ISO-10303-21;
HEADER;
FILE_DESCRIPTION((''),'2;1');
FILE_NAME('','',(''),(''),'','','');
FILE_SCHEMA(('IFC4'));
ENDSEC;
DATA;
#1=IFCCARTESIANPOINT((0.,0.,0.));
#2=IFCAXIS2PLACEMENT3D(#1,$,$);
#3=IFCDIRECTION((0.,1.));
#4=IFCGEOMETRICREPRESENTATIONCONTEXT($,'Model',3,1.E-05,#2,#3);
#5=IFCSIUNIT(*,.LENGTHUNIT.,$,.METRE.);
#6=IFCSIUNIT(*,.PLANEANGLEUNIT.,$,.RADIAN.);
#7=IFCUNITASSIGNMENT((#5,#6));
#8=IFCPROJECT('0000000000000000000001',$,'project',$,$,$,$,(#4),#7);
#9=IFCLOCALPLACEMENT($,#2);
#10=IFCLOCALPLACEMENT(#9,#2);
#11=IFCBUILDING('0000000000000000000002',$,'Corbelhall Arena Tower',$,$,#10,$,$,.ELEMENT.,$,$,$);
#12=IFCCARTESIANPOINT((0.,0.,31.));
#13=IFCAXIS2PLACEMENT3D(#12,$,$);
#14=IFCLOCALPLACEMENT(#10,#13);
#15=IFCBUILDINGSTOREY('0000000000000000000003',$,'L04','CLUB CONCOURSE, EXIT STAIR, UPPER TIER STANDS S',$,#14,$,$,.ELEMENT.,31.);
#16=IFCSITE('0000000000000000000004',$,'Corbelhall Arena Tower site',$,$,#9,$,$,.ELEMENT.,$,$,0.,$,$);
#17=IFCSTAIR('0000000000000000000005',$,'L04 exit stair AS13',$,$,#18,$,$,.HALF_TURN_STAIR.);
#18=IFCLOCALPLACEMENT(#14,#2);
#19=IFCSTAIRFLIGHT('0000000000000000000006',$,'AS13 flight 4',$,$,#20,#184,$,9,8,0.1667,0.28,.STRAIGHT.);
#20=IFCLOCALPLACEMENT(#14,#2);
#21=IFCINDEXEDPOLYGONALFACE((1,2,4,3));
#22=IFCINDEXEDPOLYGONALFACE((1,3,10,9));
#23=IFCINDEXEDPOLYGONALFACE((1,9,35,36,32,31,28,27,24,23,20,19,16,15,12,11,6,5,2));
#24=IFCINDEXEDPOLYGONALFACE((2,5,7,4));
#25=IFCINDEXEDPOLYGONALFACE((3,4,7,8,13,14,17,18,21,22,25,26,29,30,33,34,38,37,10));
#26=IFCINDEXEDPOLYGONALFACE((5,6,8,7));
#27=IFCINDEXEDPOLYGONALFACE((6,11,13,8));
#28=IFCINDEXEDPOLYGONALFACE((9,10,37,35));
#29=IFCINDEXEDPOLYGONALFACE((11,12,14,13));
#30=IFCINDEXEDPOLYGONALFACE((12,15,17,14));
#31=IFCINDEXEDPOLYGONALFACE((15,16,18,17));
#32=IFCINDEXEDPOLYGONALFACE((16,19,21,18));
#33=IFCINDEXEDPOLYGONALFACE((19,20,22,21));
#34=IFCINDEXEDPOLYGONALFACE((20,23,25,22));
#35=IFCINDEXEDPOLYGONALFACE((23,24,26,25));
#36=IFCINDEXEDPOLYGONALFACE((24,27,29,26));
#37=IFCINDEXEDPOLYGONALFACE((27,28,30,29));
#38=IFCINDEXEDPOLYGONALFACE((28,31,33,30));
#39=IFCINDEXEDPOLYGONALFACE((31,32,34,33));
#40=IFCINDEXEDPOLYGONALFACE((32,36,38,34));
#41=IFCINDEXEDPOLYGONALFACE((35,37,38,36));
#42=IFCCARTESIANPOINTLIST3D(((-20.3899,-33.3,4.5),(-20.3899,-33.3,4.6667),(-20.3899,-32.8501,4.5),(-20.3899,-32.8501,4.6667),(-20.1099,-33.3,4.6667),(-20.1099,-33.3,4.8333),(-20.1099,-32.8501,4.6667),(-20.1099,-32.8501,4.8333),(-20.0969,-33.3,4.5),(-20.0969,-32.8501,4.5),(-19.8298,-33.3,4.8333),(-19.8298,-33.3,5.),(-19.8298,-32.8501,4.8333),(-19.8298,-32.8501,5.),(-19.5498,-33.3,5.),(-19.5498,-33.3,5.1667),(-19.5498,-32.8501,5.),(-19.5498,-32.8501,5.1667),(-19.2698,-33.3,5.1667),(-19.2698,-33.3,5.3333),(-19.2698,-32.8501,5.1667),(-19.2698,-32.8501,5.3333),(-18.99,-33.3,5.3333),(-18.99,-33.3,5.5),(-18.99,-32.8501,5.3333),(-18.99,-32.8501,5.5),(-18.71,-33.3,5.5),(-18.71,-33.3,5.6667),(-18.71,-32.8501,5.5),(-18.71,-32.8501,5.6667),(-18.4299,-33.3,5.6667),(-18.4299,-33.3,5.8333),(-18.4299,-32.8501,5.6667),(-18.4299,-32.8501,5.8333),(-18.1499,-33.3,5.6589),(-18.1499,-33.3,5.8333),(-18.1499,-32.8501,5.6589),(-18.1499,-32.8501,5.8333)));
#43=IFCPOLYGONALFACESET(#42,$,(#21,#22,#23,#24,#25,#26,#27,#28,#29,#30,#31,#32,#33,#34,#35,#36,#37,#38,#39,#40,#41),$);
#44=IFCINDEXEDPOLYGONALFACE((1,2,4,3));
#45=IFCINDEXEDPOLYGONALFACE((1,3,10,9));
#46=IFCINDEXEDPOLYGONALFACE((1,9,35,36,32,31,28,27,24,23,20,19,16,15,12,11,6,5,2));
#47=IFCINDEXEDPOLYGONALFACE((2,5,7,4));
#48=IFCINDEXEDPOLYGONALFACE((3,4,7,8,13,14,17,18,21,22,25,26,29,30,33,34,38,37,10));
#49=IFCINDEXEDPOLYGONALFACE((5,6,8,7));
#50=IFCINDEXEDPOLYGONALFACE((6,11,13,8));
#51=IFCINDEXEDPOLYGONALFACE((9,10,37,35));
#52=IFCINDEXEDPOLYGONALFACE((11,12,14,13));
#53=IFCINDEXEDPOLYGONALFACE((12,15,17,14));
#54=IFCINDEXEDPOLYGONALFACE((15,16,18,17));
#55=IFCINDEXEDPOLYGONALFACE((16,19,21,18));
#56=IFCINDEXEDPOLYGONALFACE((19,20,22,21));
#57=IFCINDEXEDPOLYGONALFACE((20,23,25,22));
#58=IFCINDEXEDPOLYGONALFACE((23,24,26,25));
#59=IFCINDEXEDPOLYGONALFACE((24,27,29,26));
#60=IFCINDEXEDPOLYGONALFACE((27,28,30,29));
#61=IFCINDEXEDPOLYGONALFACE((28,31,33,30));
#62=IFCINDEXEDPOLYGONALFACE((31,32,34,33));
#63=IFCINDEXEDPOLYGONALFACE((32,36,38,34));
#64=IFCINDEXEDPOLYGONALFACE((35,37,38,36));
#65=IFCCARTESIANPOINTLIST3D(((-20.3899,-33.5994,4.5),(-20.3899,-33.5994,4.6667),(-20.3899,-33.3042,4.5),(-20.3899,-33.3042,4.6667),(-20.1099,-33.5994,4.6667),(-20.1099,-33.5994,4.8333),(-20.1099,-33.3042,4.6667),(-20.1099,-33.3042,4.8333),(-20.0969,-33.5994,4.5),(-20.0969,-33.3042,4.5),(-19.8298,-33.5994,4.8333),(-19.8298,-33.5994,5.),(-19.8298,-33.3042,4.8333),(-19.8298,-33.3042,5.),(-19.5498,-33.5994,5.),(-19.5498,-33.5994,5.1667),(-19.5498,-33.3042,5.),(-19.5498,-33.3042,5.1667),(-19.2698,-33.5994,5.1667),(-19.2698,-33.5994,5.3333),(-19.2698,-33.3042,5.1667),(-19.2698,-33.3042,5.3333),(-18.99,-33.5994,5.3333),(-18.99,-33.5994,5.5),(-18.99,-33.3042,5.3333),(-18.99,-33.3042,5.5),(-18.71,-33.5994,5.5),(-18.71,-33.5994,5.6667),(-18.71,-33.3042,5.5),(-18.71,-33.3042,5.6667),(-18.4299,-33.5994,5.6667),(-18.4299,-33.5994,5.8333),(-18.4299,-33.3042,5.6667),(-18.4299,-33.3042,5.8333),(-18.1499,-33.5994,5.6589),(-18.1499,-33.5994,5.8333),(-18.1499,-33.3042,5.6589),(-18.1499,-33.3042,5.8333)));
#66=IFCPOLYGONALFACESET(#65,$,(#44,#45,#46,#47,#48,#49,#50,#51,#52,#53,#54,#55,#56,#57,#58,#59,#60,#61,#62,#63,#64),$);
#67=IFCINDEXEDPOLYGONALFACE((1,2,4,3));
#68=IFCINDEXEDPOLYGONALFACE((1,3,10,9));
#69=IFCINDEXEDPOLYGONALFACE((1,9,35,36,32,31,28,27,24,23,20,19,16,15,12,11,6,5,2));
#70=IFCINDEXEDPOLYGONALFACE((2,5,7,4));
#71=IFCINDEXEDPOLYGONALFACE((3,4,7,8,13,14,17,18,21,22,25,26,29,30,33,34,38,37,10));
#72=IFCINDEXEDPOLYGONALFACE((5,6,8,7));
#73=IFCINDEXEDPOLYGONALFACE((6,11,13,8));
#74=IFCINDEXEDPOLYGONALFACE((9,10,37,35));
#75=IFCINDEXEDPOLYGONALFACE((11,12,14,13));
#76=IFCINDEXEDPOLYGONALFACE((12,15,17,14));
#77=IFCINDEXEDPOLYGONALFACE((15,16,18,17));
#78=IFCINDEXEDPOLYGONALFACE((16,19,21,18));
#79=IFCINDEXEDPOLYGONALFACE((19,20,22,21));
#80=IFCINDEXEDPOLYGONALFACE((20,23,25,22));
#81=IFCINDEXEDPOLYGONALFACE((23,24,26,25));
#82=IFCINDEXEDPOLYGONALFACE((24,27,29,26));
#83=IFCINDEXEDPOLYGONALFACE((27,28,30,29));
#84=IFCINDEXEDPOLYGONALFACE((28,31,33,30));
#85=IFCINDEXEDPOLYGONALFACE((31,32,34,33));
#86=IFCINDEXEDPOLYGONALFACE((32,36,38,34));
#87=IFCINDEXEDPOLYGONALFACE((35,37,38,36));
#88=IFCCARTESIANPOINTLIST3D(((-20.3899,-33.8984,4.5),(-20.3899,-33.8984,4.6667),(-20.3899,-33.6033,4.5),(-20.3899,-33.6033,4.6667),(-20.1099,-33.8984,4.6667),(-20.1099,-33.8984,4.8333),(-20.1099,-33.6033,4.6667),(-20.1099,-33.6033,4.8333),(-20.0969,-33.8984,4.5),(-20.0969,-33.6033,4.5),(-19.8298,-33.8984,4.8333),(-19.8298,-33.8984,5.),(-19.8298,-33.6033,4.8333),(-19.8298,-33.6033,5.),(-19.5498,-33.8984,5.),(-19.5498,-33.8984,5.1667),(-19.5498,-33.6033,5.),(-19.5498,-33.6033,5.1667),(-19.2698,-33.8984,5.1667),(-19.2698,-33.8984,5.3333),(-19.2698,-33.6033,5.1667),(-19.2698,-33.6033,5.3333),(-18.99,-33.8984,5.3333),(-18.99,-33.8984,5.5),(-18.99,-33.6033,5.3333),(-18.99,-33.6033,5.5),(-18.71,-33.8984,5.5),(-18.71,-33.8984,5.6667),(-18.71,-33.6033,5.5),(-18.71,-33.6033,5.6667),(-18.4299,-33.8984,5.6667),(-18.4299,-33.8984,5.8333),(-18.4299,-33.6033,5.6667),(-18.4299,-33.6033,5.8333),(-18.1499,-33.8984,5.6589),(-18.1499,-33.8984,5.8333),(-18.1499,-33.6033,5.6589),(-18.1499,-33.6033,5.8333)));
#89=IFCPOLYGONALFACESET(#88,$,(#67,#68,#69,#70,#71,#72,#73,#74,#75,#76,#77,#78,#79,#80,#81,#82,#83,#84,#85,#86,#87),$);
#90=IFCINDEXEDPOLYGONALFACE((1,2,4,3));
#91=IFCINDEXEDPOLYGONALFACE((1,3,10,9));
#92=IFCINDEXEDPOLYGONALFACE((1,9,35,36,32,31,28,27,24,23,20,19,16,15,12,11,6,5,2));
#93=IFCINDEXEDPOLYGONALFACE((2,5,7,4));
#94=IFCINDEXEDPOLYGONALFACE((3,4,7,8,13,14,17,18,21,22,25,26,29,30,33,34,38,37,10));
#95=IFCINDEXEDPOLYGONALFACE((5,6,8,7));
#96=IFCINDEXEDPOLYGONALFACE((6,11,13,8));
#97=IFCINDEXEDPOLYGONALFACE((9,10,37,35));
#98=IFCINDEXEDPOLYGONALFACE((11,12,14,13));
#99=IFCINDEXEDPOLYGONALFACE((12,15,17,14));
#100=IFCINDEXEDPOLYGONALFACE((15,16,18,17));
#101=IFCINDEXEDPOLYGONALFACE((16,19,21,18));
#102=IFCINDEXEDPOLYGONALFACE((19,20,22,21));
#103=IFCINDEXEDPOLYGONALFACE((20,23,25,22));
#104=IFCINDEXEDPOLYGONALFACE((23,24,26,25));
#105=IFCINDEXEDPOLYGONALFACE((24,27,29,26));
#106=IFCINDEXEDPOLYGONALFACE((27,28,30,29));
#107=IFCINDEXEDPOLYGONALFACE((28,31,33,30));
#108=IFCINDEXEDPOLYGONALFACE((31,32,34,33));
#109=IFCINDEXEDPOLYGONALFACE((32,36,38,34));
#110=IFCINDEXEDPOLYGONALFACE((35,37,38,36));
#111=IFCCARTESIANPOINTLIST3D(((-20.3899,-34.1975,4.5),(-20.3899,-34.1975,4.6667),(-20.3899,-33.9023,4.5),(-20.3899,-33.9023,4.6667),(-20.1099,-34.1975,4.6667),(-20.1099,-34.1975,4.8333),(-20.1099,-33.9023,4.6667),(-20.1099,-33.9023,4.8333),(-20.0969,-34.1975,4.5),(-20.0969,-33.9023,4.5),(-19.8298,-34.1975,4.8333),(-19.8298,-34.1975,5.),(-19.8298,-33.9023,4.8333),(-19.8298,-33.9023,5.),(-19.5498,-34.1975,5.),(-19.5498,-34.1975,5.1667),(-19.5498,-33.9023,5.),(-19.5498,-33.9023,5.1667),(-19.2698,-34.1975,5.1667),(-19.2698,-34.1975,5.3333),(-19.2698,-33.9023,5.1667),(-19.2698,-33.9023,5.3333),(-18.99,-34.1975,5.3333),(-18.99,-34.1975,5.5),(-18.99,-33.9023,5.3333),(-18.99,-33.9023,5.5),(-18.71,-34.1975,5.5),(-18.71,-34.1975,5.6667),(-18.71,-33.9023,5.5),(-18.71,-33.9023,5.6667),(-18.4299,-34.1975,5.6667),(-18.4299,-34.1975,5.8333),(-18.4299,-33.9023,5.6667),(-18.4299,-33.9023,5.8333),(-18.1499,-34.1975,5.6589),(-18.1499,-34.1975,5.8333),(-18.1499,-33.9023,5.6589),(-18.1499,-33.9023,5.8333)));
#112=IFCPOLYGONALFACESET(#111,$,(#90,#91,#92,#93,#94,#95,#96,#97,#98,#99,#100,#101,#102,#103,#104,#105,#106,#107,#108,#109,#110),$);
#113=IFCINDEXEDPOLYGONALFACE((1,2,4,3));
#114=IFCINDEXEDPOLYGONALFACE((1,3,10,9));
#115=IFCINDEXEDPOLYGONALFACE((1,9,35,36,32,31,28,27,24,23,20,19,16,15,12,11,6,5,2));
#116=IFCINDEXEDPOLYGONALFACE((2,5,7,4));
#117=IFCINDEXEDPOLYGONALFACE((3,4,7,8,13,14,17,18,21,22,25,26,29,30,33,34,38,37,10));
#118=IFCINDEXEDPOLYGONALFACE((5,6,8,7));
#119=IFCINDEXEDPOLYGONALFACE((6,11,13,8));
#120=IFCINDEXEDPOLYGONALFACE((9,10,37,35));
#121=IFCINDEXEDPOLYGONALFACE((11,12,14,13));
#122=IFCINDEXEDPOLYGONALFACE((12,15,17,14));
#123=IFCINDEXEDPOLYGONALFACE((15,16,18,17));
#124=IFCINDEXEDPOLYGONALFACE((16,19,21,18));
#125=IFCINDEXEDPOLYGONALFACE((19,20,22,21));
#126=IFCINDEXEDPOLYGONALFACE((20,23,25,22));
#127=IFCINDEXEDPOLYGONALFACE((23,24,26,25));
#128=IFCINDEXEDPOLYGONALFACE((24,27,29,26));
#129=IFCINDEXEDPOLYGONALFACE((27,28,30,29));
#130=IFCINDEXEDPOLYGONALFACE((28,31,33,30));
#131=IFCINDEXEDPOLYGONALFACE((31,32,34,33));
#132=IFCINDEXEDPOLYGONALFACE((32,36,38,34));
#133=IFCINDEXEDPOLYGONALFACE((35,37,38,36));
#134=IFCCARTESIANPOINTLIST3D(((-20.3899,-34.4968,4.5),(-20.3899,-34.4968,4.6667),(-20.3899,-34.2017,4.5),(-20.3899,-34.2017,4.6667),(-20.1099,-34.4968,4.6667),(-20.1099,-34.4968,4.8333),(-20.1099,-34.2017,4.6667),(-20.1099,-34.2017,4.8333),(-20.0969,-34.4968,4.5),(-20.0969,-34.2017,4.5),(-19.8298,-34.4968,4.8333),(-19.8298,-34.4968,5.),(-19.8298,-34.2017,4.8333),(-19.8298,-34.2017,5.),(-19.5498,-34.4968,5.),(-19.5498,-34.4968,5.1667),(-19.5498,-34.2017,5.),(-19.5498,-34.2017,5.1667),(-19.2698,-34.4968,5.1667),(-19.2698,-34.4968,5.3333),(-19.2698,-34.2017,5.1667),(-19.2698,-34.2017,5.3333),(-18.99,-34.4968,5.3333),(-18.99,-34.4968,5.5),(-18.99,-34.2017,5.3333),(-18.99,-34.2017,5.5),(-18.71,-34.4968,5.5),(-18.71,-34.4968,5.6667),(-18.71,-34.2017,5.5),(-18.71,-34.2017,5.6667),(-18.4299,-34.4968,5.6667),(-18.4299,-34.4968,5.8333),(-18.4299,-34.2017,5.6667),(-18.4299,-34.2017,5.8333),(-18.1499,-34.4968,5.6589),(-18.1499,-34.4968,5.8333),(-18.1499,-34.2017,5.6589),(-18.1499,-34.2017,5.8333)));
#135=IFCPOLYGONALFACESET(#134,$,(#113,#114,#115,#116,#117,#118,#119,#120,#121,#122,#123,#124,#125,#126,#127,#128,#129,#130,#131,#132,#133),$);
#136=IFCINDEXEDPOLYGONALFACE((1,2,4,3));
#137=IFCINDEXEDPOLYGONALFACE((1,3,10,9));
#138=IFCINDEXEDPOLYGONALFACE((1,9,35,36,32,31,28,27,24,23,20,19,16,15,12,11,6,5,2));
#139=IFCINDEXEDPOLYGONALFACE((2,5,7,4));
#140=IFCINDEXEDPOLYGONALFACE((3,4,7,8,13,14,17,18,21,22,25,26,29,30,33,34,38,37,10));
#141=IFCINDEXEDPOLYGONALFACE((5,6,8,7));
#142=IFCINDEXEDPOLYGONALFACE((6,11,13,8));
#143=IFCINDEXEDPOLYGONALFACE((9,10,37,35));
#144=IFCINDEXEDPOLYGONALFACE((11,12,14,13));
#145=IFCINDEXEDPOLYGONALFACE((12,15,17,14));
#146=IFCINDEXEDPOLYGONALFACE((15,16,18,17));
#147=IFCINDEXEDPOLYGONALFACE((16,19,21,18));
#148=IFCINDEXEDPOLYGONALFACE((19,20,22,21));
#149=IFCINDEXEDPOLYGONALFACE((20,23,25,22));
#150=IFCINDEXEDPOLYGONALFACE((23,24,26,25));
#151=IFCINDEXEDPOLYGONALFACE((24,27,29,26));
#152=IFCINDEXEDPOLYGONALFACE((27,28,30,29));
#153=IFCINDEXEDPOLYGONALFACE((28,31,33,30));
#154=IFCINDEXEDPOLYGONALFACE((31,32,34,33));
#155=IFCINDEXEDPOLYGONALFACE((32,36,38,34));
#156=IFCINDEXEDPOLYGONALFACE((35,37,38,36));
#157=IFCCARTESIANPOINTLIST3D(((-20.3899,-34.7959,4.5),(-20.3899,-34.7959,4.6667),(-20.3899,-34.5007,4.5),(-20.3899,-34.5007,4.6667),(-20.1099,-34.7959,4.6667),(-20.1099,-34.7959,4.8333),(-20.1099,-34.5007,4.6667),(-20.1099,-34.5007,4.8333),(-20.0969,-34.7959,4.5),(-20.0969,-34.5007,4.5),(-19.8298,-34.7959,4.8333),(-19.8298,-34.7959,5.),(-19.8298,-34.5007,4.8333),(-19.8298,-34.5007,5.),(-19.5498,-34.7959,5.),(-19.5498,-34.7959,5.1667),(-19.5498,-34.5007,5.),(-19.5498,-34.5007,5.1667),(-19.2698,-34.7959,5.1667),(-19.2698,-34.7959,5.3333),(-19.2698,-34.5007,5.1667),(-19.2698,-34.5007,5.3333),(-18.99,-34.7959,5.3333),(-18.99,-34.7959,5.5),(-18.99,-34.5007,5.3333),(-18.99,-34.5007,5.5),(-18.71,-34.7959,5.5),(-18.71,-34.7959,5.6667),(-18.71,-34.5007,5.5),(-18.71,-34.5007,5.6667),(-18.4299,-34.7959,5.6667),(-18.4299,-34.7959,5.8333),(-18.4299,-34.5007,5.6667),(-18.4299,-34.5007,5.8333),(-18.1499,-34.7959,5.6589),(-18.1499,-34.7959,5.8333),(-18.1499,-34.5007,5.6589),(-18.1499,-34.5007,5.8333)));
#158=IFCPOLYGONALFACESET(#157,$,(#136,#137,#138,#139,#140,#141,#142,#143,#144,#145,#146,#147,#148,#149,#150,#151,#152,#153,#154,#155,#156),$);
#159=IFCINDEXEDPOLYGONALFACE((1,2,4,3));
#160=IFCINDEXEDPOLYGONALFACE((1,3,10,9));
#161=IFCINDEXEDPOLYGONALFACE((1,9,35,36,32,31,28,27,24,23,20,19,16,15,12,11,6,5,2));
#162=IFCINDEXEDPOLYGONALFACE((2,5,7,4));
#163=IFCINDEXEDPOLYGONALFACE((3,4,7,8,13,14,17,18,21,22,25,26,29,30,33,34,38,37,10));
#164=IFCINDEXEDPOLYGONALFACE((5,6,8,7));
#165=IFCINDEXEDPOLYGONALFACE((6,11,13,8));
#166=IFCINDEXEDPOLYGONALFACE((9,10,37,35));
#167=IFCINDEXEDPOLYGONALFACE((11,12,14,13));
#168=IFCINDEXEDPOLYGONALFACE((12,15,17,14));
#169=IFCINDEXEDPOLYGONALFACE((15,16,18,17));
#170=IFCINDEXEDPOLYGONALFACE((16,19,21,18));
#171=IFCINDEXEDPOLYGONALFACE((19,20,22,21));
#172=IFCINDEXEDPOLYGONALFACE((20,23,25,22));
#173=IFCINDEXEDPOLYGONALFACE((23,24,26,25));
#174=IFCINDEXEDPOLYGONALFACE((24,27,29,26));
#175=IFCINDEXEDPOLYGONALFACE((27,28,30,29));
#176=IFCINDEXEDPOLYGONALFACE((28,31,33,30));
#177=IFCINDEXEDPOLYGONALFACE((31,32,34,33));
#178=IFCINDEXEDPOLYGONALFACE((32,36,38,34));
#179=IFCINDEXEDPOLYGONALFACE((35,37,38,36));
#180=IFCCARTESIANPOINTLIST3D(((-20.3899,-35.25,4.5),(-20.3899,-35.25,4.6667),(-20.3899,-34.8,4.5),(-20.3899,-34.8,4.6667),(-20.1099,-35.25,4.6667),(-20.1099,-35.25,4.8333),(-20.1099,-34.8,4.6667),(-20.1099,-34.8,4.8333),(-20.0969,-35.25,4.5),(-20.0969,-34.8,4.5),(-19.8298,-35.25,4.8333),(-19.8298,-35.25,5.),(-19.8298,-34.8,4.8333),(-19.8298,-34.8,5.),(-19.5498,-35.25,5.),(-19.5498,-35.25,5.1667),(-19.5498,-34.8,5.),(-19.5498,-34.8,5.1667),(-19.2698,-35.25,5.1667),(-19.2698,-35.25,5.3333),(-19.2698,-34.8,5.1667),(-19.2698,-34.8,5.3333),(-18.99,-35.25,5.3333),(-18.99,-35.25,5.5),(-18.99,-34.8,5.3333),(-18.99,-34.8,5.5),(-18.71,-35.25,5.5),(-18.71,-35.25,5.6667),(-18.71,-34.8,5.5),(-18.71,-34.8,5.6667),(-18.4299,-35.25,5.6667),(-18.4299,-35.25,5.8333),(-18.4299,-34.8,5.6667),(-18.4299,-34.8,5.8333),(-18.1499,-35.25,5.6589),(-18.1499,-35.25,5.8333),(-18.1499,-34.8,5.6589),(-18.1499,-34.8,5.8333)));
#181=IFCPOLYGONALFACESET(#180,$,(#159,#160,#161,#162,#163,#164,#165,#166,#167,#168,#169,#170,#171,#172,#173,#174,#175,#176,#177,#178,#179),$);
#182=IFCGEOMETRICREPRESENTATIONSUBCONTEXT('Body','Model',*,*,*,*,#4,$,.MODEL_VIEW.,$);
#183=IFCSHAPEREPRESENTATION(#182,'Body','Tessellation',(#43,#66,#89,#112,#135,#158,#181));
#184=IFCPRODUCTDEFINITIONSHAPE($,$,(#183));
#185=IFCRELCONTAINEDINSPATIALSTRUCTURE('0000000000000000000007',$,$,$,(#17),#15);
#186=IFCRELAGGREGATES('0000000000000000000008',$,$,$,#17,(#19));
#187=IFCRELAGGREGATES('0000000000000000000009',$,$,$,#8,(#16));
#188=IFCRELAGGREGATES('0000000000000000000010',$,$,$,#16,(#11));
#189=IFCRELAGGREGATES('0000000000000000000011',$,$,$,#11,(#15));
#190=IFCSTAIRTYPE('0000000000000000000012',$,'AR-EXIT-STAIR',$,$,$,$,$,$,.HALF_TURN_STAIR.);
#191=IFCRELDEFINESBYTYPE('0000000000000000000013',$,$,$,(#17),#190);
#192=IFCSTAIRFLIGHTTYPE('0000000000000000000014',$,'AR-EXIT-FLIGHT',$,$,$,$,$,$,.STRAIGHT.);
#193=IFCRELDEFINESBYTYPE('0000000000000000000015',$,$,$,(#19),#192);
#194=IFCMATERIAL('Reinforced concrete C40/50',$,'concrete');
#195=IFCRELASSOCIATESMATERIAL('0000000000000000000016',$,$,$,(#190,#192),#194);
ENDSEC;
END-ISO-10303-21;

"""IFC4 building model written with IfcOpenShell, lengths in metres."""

from ifc_helpers import new_model, si_unit, direction, frame, origin, place, context, subcontext, project, spatial, polyline, outline, extrude, material, type_object, element, aggregate, save


model = new_model("IFC4")

# Units and contexts
model_context = context("Model", 3, precision=1e-05, world=origin(), true_north=direction((0.0, 1.0)))
body_context = subcontext(model_context, "Body", "Model", "MODEL_VIEW")
ifc_project = project(units=[si_unit("LENGTHUNIT", "METRE"), si_unit("PLANEANGLEUNIT", "RADIAN")], contexts=[model_context])

# Site, building, storey
site_placement = place(None, origin())
site = spatial("IfcSite", under=ifc_project, at=site_placement, Name="Corbelhall Arena Tower site", CompositionType="ELEMENT", RefElevation=0.0)
building_placement = place(site_placement, origin())
building = spatial("IfcBuilding", under=site, at=building_placement, Name="Corbelhall Arena Tower", CompositionType="ELEMENT")
storey_placement = place(building_placement, frame((0.0, 0.0, 31.0)))
storey = spatial("IfcBuildingStorey", under=building, at=storey_placement, Name="L04", Description="CLUB CONCOURSE, EXIT STAIR, UPPER TIER STANDS S", CompositionType="ELEMENT", Elevation=31.0)

# Shared definitions
ifc_material_1 = material(Name="Reinforced concrete C40/50", Category="concrete")

# Stair, stair flight
stair_type = type_object("IfcStairType", Name="AR-EXIT-STAIR", PredefinedType="HALF_TURN_STAIR", material=ifc_material_1)
stair_1_placement = place(storey_placement, origin())
stair_1 = element("IfcStair", 1, at=stair_1_placement, inside=storey, type_object=stair_type, Name="L04 exit stair AS13", PredefinedType="HALF_TURN_STAIR")
stair_flight_type = type_object("IfcStairFlightType", Name="AR-EXIT-FLIGHT", PredefinedType="STRAIGHT", material=ifc_material_1)
stair_flight_1_placement = place(storey_placement, frame((-20.3899, -34.05, 4.5), z_axis=(0.0, 0.0, 1.0), x_axis=(1.0, 0.0, 0.0)))
stair_flight_1 = element("IfcStairFlight", 2, at=stair_flight_1_placement, type_object=stair_flight_type, Name="AS13 flight 4", NumberOfRisers=9, NumberOfTreads=8, PredefinedType="STRAIGHT", RiserHeight=0.1667, TreadLength=0.28, context=body_context, shape_type="SweptSolid", body=[
    extrude(outline(polyline([(0.0, 0.0), (0.0, 0.1667), (0.28, 0.1667), (0.28, 0.3333), (0.5601, 0.3333), (0.5601, 0.5), (0.8401, 0.5), (0.8401, 0.6667), (1.1201, 0.6667), (1.1201, 0.8333), (1.3999, 0.8333), (1.3999, 1.0), (1.6799, 1.0), (1.6799, 1.1667), (1.96, 1.1667), (1.96, 1.3333), (2.24, 1.3333), (2.24, 1.5), (2.24, 1.1589), (0.293, 0.0), (0.0, 0.0)])), frame((0.0, 1.2, 0.0), z_axis=(0.0, -1.0, 0.0), x_axis=(1.0, 0.0, 0.0)), (0.0, 0.0, 1.0), 0.45),
    extrude(outline(polyline([(0.0, 0.0), (0.0, 0.1667), (0.28, 0.1667), (0.28, 0.3333), (0.5601, 0.3333), (0.5601, 0.5), (0.8401, 0.5), (0.8401, 0.6667), (1.1201, 0.6667), (1.1201, 0.8333), (1.3999, 0.8333), (1.3999, 1.0), (1.6799, 1.0), (1.6799, 1.1667), (1.96, 1.1667), (1.96, 1.3333), (2.24, 1.3333), (2.24, 1.5), (2.24, 1.1589), (0.293, 0.0), (0.0, 0.0)])), frame((0.0, 0.7458, 0.0), z_axis=(0.0, -1.0, 0.0), x_axis=(1.0, 0.0, 0.0)), (0.0, 0.0, 1.0), 0.2952),
    extrude(outline(polyline([(0.0, 0.0), (0.0, 0.1667), (0.28, 0.1667), (0.28, 0.3333), (0.5601, 0.3333), (0.5601, 0.5), (0.8401, 0.5), (0.8401, 0.6667), (1.1201, 0.6667), (1.1201, 0.8333), (1.3999, 0.8333), (1.3999, 1.0), (1.6799, 1.0), (1.6799, 1.1667), (1.96, 1.1667), (1.96, 1.3333), (2.24, 1.3333), (2.24, 1.5), (2.24, 1.1589), (0.293, 0.0), (0.0, 0.0)])), frame((0.0, 0.4468, 0.0), z_axis=(0.0, -1.0, 0.0), x_axis=(1.0, 0.0, 0.0)), (0.0, 0.0, 1.0), 0.2952),
    extrude(outline(polyline([(0.0, 0.0), (0.0, 0.1667), (0.28, 0.1667), (0.28, 0.3333), (0.5601, 0.3333), (0.5601, 0.5), (0.8401, 0.5), (0.8401, 0.6667), (1.1201, 0.6667), (1.1201, 0.8333), (1.3999, 0.8333), (1.3999, 1.0), (1.6799, 1.0), (1.6799, 1.1667), (1.96, 1.1667), (1.96, 1.3333), (2.24, 1.3333), (2.24, 1.5), (2.24, 1.1589), (0.293, 0.0), (0.0, 0.0)])), frame((0.0, 0.1477, 0.0), z_axis=(0.0, -1.0, 0.0), x_axis=(1.0, 0.0, 0.0)), (0.0, 0.0, 1.0), 0.2952),
    extrude(outline(polyline([(0.0, 0.0), (0.0, 0.1667), (0.28, 0.1667), (0.28, 0.3333), (0.5601, 0.3333), (0.5601, 0.5), (0.8401, 0.5), (0.8401, 0.6667), (1.1201, 0.6667), (1.1201, 0.8333), (1.3999, 0.8333), (1.3999, 1.0), (1.6799, 1.0), (1.6799, 1.1667), (1.96, 1.1667), (1.96, 1.3333), (2.24, 1.3333), (2.24, 1.5), (2.24, 1.1589), (0.293, 0.0), (0.0, 0.0)])), frame((0.0, -0.1516, 0.0), z_axis=(0.0, -1.0, 0.0), x_axis=(1.0, 0.0, 0.0)), (0.0, 0.0, 1.0), 0.2952),
    extrude(outline(polyline([(0.0, 0.0), (0.0, 0.1667), (0.28, 0.1667), (0.28, 0.3333), (0.5601, 0.3333), (0.5601, 0.5), (0.8401, 0.5), (0.8401, 0.6667), (1.1201, 0.6667), (1.1201, 0.8333), (1.3999, 0.8333), (1.3999, 1.0), (1.6799, 1.0), (1.6799, 1.1667), (1.96, 1.1667), (1.96, 1.3333), (2.24, 1.3333), (2.24, 1.5), (2.24, 1.1589), (0.293, 0.0), (0.0, 0.0)])), frame((0.0, -0.4507, 0.0), z_axis=(0.0, -1.0, 0.0), x_axis=(1.0, 0.0, 0.0)), (0.0, 0.0, 1.0), 0.2952),
    extrude(outline(polyline([(0.0, 0.0), (0.0, 0.1667), (0.28, 0.1667), (0.28, 0.3333), (0.5601, 0.3333), (0.5601, 0.5), (0.8401, 0.5), (0.8401, 0.6667), (1.1201, 0.6667), (1.1201, 0.8333), (1.3999, 0.8333), (1.3999, 1.0), (1.6799, 1.0), (1.6799, 1.1667), (1.96, 1.1667), (1.96, 1.3333), (2.24, 1.3333), (2.24, 1.5), (2.24, 1.1589), (0.293, 0.0), (0.0, 0.0)])), frame((0.0, -0.75, 0.0), z_axis=(0.0, -1.0, 0.0), x_axis=(1.0, 0.0, 0.0)), (0.0, 0.0, 1.0), 0.45),
])
aggregate(stair_1, [stair_flight_1])

save(model, "model.ifc")
